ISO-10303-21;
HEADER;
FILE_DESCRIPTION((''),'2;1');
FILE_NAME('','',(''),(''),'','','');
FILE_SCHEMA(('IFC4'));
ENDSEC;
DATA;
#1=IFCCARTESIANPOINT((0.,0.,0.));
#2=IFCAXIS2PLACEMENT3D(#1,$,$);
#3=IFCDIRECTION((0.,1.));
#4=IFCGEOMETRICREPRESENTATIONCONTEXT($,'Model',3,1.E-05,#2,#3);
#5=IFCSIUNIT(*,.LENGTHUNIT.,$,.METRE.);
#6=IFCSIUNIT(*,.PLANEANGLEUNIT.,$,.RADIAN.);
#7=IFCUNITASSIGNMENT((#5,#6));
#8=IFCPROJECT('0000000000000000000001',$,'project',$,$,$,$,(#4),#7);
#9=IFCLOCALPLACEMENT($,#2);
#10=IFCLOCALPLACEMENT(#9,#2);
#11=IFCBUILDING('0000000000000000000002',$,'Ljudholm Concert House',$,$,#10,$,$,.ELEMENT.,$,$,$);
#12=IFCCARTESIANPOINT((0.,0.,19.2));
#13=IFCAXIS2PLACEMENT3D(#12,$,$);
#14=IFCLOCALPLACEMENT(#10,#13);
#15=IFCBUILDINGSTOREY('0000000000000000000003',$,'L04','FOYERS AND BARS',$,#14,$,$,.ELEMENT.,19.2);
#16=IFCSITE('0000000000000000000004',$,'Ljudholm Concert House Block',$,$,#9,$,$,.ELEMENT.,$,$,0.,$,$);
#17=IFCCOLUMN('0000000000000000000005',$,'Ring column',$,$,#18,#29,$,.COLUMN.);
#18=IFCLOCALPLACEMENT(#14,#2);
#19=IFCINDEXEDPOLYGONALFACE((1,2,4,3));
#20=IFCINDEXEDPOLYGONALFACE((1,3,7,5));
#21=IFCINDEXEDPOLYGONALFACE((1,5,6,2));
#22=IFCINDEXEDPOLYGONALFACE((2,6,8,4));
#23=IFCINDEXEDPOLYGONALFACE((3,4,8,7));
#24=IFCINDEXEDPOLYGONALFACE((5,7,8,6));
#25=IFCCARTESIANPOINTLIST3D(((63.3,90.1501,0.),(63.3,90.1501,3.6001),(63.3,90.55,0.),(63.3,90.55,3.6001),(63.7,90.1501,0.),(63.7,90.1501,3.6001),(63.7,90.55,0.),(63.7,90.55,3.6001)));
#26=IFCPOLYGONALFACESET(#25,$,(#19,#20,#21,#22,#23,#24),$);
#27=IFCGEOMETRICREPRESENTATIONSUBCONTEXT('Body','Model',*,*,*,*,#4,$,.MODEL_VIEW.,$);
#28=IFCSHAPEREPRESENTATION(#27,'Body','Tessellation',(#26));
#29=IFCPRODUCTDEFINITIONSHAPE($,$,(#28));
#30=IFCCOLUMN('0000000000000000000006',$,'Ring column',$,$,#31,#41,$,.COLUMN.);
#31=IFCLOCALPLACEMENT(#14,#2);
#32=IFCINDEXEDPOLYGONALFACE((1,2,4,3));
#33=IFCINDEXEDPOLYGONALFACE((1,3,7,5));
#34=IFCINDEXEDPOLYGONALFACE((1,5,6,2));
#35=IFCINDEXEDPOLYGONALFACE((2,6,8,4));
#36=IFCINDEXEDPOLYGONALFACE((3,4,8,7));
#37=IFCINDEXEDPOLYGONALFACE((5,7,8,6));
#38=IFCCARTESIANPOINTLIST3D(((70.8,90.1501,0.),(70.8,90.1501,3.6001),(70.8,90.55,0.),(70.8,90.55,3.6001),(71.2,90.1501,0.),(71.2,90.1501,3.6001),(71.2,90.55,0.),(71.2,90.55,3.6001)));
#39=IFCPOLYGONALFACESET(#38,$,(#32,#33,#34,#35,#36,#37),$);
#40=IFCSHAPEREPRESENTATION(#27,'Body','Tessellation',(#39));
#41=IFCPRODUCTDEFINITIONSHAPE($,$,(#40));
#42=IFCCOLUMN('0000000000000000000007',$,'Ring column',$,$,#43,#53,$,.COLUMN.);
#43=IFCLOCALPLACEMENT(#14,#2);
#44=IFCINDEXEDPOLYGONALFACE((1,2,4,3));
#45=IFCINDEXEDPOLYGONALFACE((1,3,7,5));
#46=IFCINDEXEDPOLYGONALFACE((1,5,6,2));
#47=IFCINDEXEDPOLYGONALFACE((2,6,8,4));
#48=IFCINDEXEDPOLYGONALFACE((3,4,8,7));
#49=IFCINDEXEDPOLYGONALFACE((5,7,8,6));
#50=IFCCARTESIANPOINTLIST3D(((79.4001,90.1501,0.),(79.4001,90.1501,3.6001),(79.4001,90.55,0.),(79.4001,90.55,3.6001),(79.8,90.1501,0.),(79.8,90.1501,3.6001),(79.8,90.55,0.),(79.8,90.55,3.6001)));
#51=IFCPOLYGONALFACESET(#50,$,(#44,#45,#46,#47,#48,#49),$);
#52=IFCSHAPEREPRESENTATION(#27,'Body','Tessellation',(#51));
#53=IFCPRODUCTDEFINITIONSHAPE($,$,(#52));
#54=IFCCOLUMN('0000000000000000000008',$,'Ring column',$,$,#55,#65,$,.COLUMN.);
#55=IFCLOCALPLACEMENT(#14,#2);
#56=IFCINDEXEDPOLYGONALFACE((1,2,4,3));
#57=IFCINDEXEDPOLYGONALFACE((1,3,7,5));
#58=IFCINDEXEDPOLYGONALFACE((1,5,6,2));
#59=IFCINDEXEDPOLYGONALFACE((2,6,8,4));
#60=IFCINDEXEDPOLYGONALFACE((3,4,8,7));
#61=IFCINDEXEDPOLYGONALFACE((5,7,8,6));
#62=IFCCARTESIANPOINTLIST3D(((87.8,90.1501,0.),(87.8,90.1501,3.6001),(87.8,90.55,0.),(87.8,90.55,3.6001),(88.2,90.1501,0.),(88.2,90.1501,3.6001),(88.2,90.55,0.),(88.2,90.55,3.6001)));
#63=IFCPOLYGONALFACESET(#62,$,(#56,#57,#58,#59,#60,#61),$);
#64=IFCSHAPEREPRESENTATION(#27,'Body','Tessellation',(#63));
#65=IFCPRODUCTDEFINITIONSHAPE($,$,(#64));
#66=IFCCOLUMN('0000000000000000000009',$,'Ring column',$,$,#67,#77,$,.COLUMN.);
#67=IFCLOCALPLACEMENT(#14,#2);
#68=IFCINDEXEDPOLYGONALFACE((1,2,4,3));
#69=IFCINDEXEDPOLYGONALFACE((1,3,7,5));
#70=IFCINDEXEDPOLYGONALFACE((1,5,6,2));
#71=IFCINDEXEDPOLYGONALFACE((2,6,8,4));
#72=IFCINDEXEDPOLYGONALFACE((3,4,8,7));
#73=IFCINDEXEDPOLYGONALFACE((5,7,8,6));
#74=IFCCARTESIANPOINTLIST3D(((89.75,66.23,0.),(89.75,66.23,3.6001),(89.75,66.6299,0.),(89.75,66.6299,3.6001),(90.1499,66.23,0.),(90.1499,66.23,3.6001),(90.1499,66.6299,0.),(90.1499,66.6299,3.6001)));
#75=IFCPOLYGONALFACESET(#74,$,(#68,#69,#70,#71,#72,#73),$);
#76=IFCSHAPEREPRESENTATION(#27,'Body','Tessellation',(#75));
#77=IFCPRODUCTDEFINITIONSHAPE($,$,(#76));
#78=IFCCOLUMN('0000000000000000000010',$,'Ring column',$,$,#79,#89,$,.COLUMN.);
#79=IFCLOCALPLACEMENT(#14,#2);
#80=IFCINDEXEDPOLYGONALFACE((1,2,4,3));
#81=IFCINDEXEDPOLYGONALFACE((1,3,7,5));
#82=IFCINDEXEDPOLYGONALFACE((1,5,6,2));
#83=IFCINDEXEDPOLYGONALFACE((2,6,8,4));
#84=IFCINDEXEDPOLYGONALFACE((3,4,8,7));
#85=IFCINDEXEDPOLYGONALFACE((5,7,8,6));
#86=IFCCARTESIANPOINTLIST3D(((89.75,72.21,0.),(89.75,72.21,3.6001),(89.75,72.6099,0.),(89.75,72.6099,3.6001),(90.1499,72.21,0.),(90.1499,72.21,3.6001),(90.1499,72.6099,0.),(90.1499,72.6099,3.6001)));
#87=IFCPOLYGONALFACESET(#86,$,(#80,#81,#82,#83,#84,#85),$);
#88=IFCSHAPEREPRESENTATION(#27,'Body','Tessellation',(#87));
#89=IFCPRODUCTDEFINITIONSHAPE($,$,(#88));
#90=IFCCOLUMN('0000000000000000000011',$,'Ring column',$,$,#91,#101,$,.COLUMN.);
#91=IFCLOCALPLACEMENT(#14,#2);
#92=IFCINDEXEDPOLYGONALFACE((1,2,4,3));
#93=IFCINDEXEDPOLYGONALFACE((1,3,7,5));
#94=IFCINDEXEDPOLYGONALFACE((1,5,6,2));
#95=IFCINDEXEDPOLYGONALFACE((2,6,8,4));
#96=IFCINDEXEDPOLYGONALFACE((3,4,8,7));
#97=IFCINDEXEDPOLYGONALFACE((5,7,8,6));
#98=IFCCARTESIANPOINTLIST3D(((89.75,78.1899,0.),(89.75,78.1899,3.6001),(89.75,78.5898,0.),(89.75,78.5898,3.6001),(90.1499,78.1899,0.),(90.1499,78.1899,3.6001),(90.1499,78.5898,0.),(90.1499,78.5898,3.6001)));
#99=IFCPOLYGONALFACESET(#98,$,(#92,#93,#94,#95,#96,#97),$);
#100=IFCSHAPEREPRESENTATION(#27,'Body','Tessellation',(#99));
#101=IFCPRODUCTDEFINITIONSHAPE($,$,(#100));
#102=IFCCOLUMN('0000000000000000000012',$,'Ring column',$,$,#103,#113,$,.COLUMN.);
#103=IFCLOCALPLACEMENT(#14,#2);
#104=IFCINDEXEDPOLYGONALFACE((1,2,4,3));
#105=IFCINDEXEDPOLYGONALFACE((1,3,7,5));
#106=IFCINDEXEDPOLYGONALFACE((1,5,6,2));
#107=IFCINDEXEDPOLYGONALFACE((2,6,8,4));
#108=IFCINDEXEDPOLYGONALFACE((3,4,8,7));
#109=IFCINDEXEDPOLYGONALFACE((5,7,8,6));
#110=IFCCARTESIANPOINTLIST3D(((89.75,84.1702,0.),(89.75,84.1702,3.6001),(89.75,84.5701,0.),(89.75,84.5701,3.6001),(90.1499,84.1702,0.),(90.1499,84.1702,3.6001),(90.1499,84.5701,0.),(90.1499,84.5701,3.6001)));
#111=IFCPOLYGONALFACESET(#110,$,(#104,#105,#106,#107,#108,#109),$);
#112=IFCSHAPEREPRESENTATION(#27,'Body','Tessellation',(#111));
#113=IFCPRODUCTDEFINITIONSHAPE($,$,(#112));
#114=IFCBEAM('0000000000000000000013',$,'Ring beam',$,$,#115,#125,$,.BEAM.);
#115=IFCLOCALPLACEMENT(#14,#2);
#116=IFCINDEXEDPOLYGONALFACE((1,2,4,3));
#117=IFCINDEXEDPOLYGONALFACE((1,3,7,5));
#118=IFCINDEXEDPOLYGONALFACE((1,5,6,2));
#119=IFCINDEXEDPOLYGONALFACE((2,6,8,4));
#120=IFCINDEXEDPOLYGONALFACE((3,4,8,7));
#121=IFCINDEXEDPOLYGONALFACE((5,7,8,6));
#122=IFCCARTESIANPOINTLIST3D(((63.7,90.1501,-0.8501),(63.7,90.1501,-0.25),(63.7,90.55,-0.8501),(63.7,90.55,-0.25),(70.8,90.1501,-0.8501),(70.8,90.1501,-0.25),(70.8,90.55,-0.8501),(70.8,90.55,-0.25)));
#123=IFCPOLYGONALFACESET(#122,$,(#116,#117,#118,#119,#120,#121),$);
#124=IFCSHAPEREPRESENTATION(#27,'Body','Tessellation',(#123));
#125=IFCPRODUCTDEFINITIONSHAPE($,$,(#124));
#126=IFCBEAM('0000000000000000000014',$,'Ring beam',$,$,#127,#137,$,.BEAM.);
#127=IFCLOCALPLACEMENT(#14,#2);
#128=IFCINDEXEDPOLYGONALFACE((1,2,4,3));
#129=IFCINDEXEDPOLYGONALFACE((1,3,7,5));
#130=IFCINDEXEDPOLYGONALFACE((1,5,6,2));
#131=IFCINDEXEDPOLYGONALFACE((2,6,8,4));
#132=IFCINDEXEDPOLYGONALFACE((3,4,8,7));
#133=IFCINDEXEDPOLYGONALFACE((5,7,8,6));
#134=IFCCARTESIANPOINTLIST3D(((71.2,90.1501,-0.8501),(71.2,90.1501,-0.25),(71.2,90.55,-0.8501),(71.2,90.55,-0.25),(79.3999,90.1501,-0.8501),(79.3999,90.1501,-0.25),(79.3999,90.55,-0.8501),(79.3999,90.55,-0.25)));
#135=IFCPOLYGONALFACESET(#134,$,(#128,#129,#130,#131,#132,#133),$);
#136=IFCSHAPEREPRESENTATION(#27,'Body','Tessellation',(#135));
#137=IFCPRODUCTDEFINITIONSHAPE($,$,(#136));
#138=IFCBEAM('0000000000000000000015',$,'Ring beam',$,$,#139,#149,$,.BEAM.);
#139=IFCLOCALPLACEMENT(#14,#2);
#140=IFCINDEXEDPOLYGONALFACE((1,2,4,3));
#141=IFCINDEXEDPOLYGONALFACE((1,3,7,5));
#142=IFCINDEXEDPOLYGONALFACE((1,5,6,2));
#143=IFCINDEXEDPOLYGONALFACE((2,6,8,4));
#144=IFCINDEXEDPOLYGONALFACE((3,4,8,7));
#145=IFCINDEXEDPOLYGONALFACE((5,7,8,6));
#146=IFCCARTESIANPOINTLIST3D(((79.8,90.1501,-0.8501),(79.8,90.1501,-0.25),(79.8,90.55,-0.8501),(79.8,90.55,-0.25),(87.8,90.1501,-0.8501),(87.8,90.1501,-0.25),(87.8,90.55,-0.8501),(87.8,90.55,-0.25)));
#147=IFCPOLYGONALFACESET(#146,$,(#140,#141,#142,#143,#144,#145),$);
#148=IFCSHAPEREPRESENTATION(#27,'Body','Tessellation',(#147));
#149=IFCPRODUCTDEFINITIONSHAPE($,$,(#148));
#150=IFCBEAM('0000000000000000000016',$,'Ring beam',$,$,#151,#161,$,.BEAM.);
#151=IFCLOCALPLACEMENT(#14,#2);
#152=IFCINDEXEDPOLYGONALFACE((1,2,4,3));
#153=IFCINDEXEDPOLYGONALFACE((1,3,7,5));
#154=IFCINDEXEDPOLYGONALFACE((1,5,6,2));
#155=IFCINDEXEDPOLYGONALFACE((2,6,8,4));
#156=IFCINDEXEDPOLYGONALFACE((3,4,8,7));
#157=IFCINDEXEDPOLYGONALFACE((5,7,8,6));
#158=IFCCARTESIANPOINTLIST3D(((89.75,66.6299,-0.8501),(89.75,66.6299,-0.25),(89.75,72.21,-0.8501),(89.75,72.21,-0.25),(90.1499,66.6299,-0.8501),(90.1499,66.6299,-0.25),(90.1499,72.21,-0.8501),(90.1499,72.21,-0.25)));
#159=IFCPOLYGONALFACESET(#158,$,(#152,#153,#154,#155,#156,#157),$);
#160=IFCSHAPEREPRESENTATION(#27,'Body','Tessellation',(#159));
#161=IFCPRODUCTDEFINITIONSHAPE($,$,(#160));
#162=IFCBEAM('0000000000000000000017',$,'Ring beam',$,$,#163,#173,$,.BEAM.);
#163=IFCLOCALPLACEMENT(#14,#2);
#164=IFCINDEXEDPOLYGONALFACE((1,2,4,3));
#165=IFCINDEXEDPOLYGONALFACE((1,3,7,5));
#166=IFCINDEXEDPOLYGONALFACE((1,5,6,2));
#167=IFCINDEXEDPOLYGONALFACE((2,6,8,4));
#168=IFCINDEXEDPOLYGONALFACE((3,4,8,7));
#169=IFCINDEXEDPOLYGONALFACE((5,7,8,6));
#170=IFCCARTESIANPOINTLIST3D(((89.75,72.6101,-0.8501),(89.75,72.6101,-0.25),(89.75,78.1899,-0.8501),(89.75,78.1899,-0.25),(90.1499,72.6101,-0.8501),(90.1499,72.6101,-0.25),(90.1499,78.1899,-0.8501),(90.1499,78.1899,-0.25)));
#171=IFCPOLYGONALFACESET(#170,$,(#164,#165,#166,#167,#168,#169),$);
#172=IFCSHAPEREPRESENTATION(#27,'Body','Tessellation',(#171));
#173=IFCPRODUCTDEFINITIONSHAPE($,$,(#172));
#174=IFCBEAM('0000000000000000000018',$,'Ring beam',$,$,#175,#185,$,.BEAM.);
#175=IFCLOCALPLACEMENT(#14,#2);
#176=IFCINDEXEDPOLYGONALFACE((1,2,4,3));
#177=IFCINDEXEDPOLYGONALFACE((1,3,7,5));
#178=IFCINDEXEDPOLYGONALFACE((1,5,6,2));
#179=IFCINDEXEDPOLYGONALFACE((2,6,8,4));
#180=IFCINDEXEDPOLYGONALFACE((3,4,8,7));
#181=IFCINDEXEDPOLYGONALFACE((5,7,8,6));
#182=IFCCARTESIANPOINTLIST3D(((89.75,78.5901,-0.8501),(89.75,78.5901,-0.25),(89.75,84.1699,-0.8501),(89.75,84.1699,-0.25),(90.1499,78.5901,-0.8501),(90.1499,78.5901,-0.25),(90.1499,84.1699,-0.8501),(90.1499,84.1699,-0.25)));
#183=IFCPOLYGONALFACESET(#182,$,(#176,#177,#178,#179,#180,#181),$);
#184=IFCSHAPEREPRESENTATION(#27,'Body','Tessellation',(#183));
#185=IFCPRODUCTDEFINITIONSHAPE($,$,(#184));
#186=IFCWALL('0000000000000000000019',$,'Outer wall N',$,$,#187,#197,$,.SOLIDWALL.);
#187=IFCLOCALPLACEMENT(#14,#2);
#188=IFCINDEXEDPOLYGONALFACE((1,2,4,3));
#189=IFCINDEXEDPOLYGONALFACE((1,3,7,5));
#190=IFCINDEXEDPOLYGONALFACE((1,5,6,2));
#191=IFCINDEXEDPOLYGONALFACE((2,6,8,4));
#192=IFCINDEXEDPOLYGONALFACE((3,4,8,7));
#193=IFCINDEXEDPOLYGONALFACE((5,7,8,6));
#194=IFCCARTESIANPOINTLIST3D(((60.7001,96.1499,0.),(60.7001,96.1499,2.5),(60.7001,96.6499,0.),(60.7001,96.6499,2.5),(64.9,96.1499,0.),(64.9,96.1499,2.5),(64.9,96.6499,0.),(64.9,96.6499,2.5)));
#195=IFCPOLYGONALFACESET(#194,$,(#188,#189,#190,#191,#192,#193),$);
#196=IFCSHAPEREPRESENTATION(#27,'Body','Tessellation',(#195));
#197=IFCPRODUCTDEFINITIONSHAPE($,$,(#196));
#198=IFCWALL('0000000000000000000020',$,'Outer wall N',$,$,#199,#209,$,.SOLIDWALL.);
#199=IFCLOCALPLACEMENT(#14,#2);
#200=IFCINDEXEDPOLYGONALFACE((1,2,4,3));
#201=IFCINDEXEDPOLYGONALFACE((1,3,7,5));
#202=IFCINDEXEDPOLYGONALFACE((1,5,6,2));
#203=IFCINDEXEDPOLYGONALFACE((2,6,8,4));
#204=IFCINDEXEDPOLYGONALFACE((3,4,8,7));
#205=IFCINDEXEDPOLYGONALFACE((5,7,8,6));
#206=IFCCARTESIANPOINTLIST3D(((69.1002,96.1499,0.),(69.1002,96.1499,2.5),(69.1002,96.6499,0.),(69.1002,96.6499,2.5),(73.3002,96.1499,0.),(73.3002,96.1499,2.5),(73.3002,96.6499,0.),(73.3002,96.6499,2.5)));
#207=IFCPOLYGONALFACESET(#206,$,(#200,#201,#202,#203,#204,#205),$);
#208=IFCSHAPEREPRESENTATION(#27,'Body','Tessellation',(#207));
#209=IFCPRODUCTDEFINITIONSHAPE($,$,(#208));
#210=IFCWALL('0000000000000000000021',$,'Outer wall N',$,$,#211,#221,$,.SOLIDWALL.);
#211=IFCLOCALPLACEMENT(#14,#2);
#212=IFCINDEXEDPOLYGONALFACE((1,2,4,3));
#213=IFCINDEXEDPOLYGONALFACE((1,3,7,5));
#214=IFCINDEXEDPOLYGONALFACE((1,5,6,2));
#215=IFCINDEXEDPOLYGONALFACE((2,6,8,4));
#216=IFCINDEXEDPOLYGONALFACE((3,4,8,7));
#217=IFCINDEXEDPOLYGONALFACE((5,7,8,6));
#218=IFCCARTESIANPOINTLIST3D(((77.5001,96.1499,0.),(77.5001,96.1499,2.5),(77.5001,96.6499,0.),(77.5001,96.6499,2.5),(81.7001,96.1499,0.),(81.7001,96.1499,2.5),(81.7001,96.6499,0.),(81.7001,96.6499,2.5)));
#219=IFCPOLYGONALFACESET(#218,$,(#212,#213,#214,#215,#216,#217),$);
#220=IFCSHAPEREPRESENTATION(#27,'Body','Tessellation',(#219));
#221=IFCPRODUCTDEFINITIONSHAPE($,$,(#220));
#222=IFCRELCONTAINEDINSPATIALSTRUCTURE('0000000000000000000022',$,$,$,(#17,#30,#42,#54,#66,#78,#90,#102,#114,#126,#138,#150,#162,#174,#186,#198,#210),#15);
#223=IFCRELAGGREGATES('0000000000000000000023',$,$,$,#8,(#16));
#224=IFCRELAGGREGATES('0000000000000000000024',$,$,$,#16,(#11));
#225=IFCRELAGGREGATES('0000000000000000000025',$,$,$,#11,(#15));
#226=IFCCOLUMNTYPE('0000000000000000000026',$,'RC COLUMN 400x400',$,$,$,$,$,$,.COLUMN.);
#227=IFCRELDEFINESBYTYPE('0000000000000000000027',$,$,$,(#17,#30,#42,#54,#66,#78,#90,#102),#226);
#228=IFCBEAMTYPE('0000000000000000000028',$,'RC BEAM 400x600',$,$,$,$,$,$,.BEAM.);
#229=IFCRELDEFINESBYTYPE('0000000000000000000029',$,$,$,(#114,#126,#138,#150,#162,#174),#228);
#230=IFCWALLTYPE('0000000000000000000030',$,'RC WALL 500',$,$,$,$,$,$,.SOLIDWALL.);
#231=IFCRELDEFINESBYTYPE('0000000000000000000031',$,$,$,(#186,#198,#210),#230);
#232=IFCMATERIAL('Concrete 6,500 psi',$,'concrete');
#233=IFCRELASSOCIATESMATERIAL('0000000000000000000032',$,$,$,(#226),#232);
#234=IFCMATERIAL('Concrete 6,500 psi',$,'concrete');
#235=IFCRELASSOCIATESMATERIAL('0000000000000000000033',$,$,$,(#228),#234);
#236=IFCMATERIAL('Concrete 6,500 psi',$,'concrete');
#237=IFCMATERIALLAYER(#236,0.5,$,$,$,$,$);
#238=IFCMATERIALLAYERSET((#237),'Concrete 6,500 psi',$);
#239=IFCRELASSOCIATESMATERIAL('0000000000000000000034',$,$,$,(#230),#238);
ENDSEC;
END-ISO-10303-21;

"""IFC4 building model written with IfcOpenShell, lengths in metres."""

from ifc_helpers import new_model, si_unit, direction, frame, frame_2d, origin, origin_2d, place, context, subcontext, project, spatial, rectangle, extrude, material, layer, layer_set, material_profile, profile_set, type_object, element, save


model = new_model("IFC4")

# Units and contexts
model_context = context("Model", 3, precision=1e-05, world=origin(), true_north=direction((0.0, 1.0)))
body_context = subcontext(model_context, "Body", "Model", "MODEL_VIEW")
ifc_project = project(units=[si_unit("LENGTHUNIT", "METRE"), si_unit("PLANEANGLEUNIT", "RADIAN")], contexts=[model_context])

# Site, building, storey
site_placement = place(None, origin())
site = spatial("IfcSite", under=ifc_project, at=site_placement, Name="Ljudholm Concert House Block", CompositionType="ELEMENT", RefElevation=0.0)
building_placement = place(site_placement, origin())
building = spatial("IfcBuilding", under=site, at=building_placement, Name="Ljudholm Concert House", CompositionType="ELEMENT")
storey_placement = place(building_placement, frame((0.0, 0.0, 19.2)))
storey = spatial("IfcBuildingStorey", under=building, at=storey_placement, Name="L04", Description="FOYERS AND BARS", CompositionType="ELEMENT", Elevation=19.2)

# Columns
ifc_material_1 = material(Name="Concrete 6,500 psi", Category="concrete")
ifc_material_profile_1 = material_profile(ifc_material_1, rectangle(XDim=0.3999, YDim=0.3999, at=origin_2d()), Name="RC COLUMN 400x400")
ifc_profile_set_1 = profile_set([ifc_material_profile_1], Name="Concrete 6,500 psi")
column_type = type_object("IfcColumnType", Name="RC COLUMN 400x400", PredefinedType="COLUMN", material=ifc_profile_set_1)
for number, where, z_axis, x_axis, name in (
    (1, (63.5, 90.3501, 0.0), (0.0, 0.0, 1.0), (1.0, 0.0, 0.0), "Ring column"),
    (2, (71.0, 90.3501, 0.0), (0.0, 0.0, 1.0), (1.0, 0.0, 0.0), "Ring column"),
    (3, (79.6001, 90.3501, 0.0), (0.0, 0.0, 1.0), (1.0, 0.0, 0.0), "Ring column"),
    (4, (88.0, 90.3501, 0.0), (0.0, 0.0, 1.0), (1.0, 0.0, 0.0), "Ring column"),
    (5, (89.95, 66.4299, 0.0), (0.0, 0.0, 1.0), (1.0, 0.0, 0.0), "Ring column"),
    (6, (89.95, 72.4099, 0.0), (0.0, 0.0, 1.0), (1.0, 0.0, 0.0), "Ring column"),
    (7, (89.95, 78.3899, 0.0), (0.0, 0.0, 1.0), (1.0, 0.0, 0.0), "Ring column"),
    (8, (89.95, 84.3701, 0.0), (0.0, 0.0, 1.0), (1.0, 0.0, 0.0), "Ring column"),
):
    element("IfcColumn", number, at=place(storey_placement, frame(where, z_axis=z_axis, x_axis=x_axis)), inside=storey, type_object=column_type, Name=name, PredefinedType="COLUMN", context=body_context, shape_type="SweptSolid", body=[
        extrude(rectangle(XDim=0.3999, YDim=0.3999, at=origin_2d()), origin(), (0.0, 0.0, 1.0), 3.6001),
    ])

# Beams
ifc_material_2 = material(Name="Concrete 6,500 psi", Category="concrete")
ifc_material_profile_2 = material_profile(ifc_material_2, rectangle(XDim=0.3999, YDim=0.6001, at=origin_2d()), Name="RC BEAM 400x600")
ifc_profile_set_2 = profile_set([ifc_material_profile_2], Name="Concrete 6,500 psi")
beam_type = type_object("IfcBeamType", Name="RC BEAM 400x600", PredefinedType="BEAM", material=ifc_profile_set_2)
beam_1_placement = place(storey_placement, frame((63.7, 90.3501, -0.55), z_axis=(1.0, 0.0, 0.0), x_axis=(0.0, 1.0, 0.0)))
element("IfcBeam", 9, at=beam_1_placement, inside=storey, type_object=beam_type, Name="Ring beam", PredefinedType="BEAM", context=body_context, shape_type="SweptSolid", body=[
    extrude(rectangle(XDim=0.3999, YDim=0.6001, at=origin_2d()), origin(), (0.0, 0.0, 1.0), 7.1001),
])
beam_2_placement = place(storey_placement, frame((71.2, 90.3501, -0.55), z_axis=(1.0, 0.0, 0.0), x_axis=(0.0, 1.0, 0.0)))
element("IfcBeam", 10, at=beam_2_placement, inside=storey, type_object=beam_type, Name="Ring beam", PredefinedType="BEAM", context=body_context, shape_type="SweptSolid", body=[
    extrude(rectangle(XDim=0.3999, YDim=0.6001, at=origin_2d()), origin(), (0.0, 0.0, 1.0), 8.2),
])
beam_3_placement = place(storey_placement, frame((79.8, 90.3501, -0.55), z_axis=(1.0, 0.0, 0.0), x_axis=(0.0, 1.0, 0.0)))
element("IfcBeam", 11, at=beam_3_placement, inside=storey, type_object=beam_type, Name="Ring beam", PredefinedType="BEAM", context=body_context, shape_type="SweptSolid", body=[
    extrude(rectangle(XDim=0.3999, YDim=0.6001, at=origin_2d()), origin(), (0.0, 0.0, 1.0), 8.0),
])
beam_4_placement = place(storey_placement, frame((89.95, 66.6299, -0.55), z_axis=(0.0, 1.0, 0.0), x_axis=(-1.0, 0.0, 0.0)))
element("IfcBeam", 12, at=beam_4_placement, inside=storey, type_object=beam_type, Name="Ring beam", PredefinedType="BEAM", context=body_context, shape_type="SweptSolid", body=[
    extrude(rectangle(XDim=0.3999, YDim=0.6001, at=origin_2d()), origin(), (0.0, 0.0, 1.0), 5.5801),
])
for number, where, z_axis, x_axis, name in (
    (13, (89.95, 72.6101, -0.55), (0.0, 1.0, 0.0), (-1.0, 0.0, 0.0), "Ring beam"),
    (14, (89.95, 78.5901, -0.55), (0.0, 1.0, 0.0), (-1.0, 0.0, 0.0), "Ring beam"),
):
    element("IfcBeam", number, at=place(storey_placement, frame(where, z_axis=z_axis, x_axis=x_axis)), inside=storey, type_object=beam_type, Name=name, PredefinedType="BEAM", context=body_context, shape_type="SweptSolid", body=[
        extrude(rectangle(XDim=0.3999, YDim=0.6001, at=origin_2d()), origin(), (0.0, 0.0, 1.0), 5.5798),
    ])

# Walls
ifc_material_3 = material(Name="Concrete 6,500 psi", Category="concrete")
ifc_layer_1 = layer(ifc_material_3, 0.5)
ifc_layer_set_1 = layer_set([ifc_layer_1], Name="Concrete 6,500 psi")
wall_type = type_object("IfcWallType", Name="RC WALL 500", PredefinedType="SOLIDWALL", material=ifc_layer_set_1)
for number, where, z_axis, x_axis, name in (
    (15, (60.7, 96.3999, 0.0), (0.0, 0.0, 1.0), (1.0, 0.0, 0.0), "Outer wall N"),
    (16, (69.1001, 96.3999, 0.0), (0.0, 0.0, 1.0), (1.0, 0.0, 0.0), "Outer wall N"),
    (17, (77.5, 96.3999, 0.0), (0.0, 0.0, 1.0), (1.0, 0.0, 0.0), "Outer wall N"),
):
    element("IfcWall", number, at=place(storey_placement, frame(where, z_axis=z_axis, x_axis=x_axis)), inside=storey, type_object=wall_type, Name=name, PredefinedType="SOLIDWALL", context=body_context, shape_type="SweptSolid", body=[
        extrude(rectangle(XDim=4.2, YDim=0.5, at=frame_2d((2.1001, 0.0))), origin(), (0.0, 0.0, 1.0), 2.5),
    ])

save(model, "model.ifc")
